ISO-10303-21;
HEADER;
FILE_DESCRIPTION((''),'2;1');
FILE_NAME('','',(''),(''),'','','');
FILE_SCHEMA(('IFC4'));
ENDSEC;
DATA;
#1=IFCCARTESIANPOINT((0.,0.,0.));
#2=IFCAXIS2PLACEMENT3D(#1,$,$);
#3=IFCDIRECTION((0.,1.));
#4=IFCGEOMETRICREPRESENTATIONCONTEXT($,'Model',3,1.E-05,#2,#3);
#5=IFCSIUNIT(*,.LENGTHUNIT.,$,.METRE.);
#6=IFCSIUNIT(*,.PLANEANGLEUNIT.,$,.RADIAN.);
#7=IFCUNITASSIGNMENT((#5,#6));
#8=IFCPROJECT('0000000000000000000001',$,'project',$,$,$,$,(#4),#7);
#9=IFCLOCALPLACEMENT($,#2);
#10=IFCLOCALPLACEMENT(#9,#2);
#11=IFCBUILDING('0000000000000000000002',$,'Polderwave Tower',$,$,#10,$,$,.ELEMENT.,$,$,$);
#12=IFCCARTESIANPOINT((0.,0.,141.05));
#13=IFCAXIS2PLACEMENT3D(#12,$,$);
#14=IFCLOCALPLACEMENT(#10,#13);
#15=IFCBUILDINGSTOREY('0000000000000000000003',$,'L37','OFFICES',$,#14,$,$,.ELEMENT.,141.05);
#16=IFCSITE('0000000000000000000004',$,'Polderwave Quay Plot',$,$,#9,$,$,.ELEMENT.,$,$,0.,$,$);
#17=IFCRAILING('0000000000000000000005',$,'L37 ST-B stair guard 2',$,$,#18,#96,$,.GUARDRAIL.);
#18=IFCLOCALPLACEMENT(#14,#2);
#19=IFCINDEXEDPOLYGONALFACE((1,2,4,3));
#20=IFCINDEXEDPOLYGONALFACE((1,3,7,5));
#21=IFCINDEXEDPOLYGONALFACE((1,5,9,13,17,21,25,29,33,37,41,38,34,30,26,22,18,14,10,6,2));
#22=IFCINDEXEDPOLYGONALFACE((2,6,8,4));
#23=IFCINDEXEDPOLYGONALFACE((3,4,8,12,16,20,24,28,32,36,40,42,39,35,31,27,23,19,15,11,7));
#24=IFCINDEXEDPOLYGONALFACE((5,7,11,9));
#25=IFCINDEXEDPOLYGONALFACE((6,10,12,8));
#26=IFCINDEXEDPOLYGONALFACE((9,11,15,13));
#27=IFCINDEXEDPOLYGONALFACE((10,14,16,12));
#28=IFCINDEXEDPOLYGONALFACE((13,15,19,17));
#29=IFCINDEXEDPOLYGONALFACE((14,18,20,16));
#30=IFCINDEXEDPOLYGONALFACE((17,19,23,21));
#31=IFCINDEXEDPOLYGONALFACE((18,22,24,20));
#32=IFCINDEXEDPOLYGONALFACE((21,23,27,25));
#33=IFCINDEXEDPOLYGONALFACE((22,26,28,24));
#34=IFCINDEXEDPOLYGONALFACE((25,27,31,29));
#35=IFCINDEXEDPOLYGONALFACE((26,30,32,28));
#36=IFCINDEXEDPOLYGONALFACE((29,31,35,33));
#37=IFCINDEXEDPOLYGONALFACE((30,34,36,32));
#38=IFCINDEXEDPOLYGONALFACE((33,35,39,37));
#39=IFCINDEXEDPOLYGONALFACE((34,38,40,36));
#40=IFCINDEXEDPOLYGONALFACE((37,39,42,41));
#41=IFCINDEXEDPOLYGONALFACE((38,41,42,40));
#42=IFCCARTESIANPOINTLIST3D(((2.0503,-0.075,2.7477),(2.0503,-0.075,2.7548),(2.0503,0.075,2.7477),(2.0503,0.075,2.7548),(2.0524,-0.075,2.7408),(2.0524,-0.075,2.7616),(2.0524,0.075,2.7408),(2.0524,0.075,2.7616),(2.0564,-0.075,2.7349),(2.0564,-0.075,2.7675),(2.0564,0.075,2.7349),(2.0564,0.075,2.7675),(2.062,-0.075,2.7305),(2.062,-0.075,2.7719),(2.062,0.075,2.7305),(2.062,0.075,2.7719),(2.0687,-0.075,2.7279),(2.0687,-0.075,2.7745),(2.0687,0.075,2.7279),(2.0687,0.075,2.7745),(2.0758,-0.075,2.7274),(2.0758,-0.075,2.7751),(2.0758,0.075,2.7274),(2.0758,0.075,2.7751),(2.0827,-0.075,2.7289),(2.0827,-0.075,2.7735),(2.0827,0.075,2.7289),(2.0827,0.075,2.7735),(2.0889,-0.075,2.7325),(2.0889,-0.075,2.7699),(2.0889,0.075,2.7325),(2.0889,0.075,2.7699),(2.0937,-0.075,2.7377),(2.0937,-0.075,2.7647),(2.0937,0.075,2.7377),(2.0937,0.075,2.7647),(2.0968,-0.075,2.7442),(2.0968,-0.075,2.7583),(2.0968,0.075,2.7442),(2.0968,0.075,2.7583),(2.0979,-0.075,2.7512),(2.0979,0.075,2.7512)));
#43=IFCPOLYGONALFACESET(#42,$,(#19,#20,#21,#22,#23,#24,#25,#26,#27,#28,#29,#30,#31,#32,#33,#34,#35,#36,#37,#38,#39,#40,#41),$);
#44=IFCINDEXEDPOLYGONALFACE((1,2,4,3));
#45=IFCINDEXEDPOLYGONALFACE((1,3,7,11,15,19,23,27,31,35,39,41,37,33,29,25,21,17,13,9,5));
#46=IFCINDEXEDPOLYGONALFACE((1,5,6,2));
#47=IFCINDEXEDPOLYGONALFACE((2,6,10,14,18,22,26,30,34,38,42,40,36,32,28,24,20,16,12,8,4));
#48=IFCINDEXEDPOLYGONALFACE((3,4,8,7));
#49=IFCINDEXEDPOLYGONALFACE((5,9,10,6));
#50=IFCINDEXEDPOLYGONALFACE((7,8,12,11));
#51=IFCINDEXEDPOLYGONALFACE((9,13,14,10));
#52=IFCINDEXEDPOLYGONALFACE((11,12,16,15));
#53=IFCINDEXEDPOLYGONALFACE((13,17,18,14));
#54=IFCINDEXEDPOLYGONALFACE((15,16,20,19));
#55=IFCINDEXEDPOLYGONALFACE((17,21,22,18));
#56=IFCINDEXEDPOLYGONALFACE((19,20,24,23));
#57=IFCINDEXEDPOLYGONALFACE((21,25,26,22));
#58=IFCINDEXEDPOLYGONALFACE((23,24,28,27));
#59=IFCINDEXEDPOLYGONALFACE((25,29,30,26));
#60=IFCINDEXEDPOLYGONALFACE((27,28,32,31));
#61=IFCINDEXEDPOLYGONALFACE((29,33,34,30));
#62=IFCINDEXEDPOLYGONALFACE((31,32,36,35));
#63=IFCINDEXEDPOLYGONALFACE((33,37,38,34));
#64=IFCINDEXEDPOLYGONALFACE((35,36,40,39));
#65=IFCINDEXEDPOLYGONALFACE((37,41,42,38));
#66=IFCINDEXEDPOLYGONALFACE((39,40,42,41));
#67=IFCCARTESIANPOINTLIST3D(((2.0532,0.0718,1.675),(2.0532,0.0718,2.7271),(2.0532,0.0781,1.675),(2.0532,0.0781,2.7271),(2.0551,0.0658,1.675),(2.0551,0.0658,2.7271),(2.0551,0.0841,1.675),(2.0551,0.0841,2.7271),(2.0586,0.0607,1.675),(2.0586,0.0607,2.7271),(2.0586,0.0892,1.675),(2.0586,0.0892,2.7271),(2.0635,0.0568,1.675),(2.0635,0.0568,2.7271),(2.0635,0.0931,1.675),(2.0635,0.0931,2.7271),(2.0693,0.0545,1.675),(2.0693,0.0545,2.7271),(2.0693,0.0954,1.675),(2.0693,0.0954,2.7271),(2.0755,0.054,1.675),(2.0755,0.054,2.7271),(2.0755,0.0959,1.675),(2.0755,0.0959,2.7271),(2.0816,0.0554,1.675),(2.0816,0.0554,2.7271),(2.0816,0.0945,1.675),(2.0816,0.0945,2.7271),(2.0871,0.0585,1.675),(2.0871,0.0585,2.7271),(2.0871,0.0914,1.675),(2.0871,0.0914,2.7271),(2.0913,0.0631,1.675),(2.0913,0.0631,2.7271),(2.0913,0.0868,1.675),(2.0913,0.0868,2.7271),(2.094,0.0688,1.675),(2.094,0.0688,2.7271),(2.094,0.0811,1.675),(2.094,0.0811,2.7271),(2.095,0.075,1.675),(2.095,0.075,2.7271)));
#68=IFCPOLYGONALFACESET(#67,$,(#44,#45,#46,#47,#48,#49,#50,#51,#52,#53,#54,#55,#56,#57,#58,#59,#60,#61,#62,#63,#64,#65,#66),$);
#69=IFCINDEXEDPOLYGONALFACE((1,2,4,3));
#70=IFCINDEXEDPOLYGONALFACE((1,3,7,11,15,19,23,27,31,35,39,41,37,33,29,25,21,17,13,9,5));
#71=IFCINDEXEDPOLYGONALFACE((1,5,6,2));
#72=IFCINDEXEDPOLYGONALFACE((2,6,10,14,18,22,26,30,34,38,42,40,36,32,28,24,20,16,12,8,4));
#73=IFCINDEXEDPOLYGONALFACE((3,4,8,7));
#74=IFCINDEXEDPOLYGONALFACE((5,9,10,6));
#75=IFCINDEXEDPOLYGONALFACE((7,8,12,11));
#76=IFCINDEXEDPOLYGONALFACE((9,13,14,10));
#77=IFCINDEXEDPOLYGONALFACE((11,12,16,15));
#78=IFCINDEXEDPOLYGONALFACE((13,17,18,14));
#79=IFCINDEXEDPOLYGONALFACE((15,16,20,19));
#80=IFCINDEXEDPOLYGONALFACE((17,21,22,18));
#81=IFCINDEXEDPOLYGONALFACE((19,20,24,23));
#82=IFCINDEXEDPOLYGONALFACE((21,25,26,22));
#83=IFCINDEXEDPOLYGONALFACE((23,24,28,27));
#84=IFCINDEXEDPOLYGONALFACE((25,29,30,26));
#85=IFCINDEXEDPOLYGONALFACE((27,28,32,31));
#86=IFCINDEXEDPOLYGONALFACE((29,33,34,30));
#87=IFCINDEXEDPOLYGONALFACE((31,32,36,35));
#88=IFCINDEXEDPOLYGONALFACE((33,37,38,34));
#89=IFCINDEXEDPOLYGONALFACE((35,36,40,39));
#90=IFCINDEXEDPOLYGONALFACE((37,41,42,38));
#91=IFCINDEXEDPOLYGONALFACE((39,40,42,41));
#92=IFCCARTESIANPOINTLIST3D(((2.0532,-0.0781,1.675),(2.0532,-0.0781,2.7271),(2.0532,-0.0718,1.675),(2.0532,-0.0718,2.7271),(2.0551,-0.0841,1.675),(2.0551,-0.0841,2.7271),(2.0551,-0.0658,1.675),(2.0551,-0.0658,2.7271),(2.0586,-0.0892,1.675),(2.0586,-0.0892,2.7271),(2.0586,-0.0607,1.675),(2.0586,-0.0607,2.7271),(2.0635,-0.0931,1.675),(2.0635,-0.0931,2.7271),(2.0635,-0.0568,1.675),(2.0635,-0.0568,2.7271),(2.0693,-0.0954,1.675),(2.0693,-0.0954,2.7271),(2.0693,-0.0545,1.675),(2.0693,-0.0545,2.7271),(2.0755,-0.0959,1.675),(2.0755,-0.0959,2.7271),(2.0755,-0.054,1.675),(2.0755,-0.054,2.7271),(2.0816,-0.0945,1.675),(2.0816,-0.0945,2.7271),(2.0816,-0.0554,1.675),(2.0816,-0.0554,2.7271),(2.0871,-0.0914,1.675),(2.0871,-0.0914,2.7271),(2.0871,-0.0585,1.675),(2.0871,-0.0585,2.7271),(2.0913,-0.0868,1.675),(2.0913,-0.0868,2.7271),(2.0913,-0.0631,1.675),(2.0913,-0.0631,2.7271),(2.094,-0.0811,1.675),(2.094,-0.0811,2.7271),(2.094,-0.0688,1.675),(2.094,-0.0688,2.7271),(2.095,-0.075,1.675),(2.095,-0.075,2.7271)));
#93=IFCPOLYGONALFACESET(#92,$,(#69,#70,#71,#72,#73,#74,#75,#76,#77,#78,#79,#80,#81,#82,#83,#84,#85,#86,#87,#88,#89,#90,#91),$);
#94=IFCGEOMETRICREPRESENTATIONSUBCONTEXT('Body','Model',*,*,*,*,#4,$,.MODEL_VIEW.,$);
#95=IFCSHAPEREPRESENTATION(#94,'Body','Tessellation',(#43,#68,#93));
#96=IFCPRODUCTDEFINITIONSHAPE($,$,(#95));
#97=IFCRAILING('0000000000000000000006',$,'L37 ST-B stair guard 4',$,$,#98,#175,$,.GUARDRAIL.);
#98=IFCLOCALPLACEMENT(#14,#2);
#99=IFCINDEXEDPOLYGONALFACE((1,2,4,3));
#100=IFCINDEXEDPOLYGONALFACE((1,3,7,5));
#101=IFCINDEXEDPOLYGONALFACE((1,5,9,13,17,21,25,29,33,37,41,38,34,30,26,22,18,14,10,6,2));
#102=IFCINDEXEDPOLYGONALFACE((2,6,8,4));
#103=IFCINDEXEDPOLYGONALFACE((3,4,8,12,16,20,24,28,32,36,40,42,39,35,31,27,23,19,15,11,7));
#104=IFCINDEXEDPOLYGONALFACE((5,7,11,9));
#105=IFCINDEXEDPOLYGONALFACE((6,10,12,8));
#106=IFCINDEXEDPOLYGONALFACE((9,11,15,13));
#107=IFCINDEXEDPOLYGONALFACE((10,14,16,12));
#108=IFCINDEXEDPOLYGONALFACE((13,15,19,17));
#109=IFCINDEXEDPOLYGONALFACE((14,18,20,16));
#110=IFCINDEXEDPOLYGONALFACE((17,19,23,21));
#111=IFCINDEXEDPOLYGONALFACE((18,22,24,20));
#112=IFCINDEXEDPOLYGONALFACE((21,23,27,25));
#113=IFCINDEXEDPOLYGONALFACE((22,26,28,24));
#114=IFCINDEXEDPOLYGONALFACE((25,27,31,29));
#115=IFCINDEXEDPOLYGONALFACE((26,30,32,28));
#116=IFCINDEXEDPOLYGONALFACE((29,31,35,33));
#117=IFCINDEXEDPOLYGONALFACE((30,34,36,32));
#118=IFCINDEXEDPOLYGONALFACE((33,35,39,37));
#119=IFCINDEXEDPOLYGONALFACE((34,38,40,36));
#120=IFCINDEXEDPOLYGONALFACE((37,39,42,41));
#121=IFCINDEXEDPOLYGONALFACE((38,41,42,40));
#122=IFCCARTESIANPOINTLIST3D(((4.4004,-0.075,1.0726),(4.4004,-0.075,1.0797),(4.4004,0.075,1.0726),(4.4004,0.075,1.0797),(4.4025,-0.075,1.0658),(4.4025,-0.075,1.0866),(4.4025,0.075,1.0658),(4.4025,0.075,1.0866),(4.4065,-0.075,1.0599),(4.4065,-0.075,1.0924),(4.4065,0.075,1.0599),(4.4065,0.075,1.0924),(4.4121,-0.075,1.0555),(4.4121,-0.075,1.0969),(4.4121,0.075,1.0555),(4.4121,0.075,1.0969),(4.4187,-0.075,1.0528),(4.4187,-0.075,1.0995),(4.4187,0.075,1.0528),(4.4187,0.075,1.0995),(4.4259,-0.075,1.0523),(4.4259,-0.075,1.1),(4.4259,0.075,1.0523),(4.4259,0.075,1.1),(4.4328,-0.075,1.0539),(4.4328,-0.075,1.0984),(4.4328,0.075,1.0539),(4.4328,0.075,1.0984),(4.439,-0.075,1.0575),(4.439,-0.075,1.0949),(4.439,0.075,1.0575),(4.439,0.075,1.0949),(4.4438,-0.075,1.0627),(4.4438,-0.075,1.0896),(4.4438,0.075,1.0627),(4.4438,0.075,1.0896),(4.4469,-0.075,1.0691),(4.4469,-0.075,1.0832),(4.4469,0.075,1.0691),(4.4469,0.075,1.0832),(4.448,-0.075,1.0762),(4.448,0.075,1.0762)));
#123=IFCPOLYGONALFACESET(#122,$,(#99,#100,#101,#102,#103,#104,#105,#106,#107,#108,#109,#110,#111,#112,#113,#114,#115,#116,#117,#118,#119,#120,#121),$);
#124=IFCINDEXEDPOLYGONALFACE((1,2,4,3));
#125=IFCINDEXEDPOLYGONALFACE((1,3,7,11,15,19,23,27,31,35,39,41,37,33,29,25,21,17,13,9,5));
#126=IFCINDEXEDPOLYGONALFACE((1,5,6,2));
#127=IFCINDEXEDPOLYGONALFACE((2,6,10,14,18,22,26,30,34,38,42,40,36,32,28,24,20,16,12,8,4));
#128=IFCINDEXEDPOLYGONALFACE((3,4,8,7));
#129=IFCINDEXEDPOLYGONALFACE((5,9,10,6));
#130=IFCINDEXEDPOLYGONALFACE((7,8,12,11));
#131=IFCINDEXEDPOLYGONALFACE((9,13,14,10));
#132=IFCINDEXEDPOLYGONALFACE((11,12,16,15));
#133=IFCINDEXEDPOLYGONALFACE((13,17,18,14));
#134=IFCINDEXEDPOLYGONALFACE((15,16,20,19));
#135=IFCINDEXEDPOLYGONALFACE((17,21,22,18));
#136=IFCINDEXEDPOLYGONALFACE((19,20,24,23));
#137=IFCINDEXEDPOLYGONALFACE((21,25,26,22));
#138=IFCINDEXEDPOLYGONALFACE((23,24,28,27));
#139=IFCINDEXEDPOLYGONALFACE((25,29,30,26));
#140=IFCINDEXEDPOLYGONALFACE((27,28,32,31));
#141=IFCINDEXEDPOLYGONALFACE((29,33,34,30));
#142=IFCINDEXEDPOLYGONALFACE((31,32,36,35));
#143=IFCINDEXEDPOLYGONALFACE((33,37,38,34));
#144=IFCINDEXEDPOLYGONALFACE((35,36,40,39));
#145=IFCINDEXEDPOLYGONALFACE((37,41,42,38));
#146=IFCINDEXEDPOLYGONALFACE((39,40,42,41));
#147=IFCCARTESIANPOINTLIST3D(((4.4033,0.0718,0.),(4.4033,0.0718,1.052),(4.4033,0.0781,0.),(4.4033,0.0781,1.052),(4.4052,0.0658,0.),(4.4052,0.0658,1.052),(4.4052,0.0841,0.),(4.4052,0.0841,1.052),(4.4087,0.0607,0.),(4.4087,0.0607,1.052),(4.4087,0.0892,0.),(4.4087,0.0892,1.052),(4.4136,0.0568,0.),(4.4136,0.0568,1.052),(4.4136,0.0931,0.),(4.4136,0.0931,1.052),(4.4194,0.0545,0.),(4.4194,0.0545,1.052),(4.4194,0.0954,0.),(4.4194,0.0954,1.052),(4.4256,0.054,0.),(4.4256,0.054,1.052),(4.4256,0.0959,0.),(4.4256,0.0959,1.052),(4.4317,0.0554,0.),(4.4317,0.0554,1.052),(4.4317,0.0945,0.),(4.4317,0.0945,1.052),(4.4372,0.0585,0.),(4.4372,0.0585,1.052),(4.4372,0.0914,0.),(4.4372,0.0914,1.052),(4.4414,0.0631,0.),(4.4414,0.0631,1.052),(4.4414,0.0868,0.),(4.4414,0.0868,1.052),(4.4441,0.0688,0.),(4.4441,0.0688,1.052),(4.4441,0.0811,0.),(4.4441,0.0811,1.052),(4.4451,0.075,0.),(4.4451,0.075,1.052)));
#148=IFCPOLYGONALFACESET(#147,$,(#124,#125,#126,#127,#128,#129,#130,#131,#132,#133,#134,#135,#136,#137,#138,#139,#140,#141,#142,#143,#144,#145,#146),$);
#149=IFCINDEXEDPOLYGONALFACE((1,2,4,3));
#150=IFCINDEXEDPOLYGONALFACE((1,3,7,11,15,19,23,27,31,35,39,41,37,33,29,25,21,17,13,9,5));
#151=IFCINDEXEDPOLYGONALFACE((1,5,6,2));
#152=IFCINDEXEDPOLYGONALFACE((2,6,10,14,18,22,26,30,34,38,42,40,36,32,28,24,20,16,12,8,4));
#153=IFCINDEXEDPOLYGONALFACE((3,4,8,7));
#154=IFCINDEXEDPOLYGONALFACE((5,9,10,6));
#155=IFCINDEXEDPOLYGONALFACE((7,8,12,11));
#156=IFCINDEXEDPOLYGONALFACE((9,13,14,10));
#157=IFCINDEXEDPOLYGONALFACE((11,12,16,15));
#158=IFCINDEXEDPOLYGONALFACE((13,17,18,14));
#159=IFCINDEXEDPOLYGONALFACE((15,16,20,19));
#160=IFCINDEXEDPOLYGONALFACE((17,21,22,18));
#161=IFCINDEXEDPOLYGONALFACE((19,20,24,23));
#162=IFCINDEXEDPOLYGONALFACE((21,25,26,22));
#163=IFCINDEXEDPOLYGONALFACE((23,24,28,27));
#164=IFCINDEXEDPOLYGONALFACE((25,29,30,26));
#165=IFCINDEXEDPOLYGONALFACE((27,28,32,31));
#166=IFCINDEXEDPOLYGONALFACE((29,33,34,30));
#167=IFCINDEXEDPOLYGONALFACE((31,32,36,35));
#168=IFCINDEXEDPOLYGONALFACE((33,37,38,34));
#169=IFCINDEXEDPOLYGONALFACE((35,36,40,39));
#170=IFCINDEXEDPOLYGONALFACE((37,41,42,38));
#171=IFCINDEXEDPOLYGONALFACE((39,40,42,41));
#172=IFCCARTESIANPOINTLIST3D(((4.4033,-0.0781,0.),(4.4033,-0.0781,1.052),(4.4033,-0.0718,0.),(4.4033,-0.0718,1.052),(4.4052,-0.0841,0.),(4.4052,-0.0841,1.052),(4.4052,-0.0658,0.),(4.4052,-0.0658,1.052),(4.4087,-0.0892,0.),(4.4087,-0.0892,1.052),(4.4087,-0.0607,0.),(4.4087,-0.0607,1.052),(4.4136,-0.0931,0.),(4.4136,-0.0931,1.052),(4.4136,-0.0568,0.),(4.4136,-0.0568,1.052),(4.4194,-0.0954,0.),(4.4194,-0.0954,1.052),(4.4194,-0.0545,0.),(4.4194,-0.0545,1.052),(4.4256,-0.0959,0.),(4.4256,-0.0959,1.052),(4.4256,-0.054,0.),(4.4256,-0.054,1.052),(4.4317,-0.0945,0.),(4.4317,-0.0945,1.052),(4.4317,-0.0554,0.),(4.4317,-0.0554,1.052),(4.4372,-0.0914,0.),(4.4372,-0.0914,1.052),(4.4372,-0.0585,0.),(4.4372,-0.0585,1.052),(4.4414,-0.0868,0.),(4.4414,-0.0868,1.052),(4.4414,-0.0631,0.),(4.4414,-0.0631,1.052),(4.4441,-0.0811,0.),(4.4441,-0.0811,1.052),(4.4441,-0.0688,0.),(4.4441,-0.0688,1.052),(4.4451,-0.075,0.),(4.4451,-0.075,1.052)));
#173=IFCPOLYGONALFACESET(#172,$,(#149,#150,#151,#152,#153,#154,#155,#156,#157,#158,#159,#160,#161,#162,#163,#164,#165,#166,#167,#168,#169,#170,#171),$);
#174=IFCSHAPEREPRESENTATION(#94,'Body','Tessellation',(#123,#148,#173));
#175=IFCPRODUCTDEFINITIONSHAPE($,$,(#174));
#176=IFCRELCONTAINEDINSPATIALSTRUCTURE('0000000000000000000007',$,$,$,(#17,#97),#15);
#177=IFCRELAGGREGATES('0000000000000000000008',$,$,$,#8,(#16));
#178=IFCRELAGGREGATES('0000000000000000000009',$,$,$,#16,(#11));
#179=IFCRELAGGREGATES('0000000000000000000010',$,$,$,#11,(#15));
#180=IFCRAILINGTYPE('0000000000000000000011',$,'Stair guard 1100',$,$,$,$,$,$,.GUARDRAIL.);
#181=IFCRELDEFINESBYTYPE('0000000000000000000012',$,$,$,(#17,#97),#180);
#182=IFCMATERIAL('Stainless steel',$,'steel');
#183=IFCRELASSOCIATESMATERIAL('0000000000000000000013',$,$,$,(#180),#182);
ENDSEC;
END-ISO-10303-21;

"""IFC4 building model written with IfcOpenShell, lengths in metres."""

from ifc_helpers import new_model, si_unit, direction, frame, origin, origin_2d, place, context, subcontext, project, spatial, circle, extrude, material, type_object, element, save


model = new_model("IFC4")

# Units and contexts
model_context = context("Model", 3, precision=1e-05, world=origin(), true_north=direction((0.0, 1.0)))
body_context = subcontext(model_context, "Body", "Model", "MODEL_VIEW")
ifc_project = project(units=[si_unit("LENGTHUNIT", "METRE"), si_unit("PLANEANGLEUNIT", "RADIAN")], contexts=[model_context])

# Site, building, storey
site_placement = place(None, origin())
site = spatial("IfcSite", under=ifc_project, at=site_placement, Name="Polderwave Quay Plot", CompositionType="ELEMENT", RefElevation=0.0)
building_placement = place(site_placement, origin())
building = spatial("IfcBuilding", under=site, at=building_placement, Name="Polderwave Tower", CompositionType="ELEMENT")
storey_placement = place(building_placement, frame((0.0, 0.0, 141.05)))
storey = spatial("IfcBuildingStorey", under=building, at=storey_placement, Name="L37", Description="OFFICES", CompositionType="ELEMENT", Elevation=141.05)

# Shared definitions
ifc_material_1 = material(Name="Stainless steel", Category="steel")

# Railings
railing_type_1 = type_object("IfcRailingType", Name="Stair guard 1100", PredefinedType="GUARDRAIL", material=ifc_material_1)
for number, where, name in (
    (1, (2.074, 0.075, 1.675), "L37 ST-B stair guard 2"),
    (2, (4.4241, 0.075, 0.0), "L37 ST-B stair guard 4"),
):
    element("IfcRailing", number, at=place(storey_placement, frame(where)), inside=storey, type_object=railing_type_1, Name=name, PredefinedType="GUARDRAIL", context=body_context, shape_type="SweptSolid", body=[
        extrude(circle(Radius=0.0239, at=origin_2d()), frame((0.0, 0.0, 1.0762), z_axis=(0.0, -1.0, 0.0), x_axis=(1.0, 0.0, 0.0)), (0.0, 0.0, 1.0), 0.1499),
        extrude(circle(Radius=0.021, at=origin_2d()), origin(), (0.0, 0.0, 1.0), 1.052),
        extrude(circle(Radius=0.021, at=origin_2d()), frame((0.0, -0.1499, 0.0)), (0.0, 0.0, 1.0), 1.052),
    ])

save(model, "model.ifc")
